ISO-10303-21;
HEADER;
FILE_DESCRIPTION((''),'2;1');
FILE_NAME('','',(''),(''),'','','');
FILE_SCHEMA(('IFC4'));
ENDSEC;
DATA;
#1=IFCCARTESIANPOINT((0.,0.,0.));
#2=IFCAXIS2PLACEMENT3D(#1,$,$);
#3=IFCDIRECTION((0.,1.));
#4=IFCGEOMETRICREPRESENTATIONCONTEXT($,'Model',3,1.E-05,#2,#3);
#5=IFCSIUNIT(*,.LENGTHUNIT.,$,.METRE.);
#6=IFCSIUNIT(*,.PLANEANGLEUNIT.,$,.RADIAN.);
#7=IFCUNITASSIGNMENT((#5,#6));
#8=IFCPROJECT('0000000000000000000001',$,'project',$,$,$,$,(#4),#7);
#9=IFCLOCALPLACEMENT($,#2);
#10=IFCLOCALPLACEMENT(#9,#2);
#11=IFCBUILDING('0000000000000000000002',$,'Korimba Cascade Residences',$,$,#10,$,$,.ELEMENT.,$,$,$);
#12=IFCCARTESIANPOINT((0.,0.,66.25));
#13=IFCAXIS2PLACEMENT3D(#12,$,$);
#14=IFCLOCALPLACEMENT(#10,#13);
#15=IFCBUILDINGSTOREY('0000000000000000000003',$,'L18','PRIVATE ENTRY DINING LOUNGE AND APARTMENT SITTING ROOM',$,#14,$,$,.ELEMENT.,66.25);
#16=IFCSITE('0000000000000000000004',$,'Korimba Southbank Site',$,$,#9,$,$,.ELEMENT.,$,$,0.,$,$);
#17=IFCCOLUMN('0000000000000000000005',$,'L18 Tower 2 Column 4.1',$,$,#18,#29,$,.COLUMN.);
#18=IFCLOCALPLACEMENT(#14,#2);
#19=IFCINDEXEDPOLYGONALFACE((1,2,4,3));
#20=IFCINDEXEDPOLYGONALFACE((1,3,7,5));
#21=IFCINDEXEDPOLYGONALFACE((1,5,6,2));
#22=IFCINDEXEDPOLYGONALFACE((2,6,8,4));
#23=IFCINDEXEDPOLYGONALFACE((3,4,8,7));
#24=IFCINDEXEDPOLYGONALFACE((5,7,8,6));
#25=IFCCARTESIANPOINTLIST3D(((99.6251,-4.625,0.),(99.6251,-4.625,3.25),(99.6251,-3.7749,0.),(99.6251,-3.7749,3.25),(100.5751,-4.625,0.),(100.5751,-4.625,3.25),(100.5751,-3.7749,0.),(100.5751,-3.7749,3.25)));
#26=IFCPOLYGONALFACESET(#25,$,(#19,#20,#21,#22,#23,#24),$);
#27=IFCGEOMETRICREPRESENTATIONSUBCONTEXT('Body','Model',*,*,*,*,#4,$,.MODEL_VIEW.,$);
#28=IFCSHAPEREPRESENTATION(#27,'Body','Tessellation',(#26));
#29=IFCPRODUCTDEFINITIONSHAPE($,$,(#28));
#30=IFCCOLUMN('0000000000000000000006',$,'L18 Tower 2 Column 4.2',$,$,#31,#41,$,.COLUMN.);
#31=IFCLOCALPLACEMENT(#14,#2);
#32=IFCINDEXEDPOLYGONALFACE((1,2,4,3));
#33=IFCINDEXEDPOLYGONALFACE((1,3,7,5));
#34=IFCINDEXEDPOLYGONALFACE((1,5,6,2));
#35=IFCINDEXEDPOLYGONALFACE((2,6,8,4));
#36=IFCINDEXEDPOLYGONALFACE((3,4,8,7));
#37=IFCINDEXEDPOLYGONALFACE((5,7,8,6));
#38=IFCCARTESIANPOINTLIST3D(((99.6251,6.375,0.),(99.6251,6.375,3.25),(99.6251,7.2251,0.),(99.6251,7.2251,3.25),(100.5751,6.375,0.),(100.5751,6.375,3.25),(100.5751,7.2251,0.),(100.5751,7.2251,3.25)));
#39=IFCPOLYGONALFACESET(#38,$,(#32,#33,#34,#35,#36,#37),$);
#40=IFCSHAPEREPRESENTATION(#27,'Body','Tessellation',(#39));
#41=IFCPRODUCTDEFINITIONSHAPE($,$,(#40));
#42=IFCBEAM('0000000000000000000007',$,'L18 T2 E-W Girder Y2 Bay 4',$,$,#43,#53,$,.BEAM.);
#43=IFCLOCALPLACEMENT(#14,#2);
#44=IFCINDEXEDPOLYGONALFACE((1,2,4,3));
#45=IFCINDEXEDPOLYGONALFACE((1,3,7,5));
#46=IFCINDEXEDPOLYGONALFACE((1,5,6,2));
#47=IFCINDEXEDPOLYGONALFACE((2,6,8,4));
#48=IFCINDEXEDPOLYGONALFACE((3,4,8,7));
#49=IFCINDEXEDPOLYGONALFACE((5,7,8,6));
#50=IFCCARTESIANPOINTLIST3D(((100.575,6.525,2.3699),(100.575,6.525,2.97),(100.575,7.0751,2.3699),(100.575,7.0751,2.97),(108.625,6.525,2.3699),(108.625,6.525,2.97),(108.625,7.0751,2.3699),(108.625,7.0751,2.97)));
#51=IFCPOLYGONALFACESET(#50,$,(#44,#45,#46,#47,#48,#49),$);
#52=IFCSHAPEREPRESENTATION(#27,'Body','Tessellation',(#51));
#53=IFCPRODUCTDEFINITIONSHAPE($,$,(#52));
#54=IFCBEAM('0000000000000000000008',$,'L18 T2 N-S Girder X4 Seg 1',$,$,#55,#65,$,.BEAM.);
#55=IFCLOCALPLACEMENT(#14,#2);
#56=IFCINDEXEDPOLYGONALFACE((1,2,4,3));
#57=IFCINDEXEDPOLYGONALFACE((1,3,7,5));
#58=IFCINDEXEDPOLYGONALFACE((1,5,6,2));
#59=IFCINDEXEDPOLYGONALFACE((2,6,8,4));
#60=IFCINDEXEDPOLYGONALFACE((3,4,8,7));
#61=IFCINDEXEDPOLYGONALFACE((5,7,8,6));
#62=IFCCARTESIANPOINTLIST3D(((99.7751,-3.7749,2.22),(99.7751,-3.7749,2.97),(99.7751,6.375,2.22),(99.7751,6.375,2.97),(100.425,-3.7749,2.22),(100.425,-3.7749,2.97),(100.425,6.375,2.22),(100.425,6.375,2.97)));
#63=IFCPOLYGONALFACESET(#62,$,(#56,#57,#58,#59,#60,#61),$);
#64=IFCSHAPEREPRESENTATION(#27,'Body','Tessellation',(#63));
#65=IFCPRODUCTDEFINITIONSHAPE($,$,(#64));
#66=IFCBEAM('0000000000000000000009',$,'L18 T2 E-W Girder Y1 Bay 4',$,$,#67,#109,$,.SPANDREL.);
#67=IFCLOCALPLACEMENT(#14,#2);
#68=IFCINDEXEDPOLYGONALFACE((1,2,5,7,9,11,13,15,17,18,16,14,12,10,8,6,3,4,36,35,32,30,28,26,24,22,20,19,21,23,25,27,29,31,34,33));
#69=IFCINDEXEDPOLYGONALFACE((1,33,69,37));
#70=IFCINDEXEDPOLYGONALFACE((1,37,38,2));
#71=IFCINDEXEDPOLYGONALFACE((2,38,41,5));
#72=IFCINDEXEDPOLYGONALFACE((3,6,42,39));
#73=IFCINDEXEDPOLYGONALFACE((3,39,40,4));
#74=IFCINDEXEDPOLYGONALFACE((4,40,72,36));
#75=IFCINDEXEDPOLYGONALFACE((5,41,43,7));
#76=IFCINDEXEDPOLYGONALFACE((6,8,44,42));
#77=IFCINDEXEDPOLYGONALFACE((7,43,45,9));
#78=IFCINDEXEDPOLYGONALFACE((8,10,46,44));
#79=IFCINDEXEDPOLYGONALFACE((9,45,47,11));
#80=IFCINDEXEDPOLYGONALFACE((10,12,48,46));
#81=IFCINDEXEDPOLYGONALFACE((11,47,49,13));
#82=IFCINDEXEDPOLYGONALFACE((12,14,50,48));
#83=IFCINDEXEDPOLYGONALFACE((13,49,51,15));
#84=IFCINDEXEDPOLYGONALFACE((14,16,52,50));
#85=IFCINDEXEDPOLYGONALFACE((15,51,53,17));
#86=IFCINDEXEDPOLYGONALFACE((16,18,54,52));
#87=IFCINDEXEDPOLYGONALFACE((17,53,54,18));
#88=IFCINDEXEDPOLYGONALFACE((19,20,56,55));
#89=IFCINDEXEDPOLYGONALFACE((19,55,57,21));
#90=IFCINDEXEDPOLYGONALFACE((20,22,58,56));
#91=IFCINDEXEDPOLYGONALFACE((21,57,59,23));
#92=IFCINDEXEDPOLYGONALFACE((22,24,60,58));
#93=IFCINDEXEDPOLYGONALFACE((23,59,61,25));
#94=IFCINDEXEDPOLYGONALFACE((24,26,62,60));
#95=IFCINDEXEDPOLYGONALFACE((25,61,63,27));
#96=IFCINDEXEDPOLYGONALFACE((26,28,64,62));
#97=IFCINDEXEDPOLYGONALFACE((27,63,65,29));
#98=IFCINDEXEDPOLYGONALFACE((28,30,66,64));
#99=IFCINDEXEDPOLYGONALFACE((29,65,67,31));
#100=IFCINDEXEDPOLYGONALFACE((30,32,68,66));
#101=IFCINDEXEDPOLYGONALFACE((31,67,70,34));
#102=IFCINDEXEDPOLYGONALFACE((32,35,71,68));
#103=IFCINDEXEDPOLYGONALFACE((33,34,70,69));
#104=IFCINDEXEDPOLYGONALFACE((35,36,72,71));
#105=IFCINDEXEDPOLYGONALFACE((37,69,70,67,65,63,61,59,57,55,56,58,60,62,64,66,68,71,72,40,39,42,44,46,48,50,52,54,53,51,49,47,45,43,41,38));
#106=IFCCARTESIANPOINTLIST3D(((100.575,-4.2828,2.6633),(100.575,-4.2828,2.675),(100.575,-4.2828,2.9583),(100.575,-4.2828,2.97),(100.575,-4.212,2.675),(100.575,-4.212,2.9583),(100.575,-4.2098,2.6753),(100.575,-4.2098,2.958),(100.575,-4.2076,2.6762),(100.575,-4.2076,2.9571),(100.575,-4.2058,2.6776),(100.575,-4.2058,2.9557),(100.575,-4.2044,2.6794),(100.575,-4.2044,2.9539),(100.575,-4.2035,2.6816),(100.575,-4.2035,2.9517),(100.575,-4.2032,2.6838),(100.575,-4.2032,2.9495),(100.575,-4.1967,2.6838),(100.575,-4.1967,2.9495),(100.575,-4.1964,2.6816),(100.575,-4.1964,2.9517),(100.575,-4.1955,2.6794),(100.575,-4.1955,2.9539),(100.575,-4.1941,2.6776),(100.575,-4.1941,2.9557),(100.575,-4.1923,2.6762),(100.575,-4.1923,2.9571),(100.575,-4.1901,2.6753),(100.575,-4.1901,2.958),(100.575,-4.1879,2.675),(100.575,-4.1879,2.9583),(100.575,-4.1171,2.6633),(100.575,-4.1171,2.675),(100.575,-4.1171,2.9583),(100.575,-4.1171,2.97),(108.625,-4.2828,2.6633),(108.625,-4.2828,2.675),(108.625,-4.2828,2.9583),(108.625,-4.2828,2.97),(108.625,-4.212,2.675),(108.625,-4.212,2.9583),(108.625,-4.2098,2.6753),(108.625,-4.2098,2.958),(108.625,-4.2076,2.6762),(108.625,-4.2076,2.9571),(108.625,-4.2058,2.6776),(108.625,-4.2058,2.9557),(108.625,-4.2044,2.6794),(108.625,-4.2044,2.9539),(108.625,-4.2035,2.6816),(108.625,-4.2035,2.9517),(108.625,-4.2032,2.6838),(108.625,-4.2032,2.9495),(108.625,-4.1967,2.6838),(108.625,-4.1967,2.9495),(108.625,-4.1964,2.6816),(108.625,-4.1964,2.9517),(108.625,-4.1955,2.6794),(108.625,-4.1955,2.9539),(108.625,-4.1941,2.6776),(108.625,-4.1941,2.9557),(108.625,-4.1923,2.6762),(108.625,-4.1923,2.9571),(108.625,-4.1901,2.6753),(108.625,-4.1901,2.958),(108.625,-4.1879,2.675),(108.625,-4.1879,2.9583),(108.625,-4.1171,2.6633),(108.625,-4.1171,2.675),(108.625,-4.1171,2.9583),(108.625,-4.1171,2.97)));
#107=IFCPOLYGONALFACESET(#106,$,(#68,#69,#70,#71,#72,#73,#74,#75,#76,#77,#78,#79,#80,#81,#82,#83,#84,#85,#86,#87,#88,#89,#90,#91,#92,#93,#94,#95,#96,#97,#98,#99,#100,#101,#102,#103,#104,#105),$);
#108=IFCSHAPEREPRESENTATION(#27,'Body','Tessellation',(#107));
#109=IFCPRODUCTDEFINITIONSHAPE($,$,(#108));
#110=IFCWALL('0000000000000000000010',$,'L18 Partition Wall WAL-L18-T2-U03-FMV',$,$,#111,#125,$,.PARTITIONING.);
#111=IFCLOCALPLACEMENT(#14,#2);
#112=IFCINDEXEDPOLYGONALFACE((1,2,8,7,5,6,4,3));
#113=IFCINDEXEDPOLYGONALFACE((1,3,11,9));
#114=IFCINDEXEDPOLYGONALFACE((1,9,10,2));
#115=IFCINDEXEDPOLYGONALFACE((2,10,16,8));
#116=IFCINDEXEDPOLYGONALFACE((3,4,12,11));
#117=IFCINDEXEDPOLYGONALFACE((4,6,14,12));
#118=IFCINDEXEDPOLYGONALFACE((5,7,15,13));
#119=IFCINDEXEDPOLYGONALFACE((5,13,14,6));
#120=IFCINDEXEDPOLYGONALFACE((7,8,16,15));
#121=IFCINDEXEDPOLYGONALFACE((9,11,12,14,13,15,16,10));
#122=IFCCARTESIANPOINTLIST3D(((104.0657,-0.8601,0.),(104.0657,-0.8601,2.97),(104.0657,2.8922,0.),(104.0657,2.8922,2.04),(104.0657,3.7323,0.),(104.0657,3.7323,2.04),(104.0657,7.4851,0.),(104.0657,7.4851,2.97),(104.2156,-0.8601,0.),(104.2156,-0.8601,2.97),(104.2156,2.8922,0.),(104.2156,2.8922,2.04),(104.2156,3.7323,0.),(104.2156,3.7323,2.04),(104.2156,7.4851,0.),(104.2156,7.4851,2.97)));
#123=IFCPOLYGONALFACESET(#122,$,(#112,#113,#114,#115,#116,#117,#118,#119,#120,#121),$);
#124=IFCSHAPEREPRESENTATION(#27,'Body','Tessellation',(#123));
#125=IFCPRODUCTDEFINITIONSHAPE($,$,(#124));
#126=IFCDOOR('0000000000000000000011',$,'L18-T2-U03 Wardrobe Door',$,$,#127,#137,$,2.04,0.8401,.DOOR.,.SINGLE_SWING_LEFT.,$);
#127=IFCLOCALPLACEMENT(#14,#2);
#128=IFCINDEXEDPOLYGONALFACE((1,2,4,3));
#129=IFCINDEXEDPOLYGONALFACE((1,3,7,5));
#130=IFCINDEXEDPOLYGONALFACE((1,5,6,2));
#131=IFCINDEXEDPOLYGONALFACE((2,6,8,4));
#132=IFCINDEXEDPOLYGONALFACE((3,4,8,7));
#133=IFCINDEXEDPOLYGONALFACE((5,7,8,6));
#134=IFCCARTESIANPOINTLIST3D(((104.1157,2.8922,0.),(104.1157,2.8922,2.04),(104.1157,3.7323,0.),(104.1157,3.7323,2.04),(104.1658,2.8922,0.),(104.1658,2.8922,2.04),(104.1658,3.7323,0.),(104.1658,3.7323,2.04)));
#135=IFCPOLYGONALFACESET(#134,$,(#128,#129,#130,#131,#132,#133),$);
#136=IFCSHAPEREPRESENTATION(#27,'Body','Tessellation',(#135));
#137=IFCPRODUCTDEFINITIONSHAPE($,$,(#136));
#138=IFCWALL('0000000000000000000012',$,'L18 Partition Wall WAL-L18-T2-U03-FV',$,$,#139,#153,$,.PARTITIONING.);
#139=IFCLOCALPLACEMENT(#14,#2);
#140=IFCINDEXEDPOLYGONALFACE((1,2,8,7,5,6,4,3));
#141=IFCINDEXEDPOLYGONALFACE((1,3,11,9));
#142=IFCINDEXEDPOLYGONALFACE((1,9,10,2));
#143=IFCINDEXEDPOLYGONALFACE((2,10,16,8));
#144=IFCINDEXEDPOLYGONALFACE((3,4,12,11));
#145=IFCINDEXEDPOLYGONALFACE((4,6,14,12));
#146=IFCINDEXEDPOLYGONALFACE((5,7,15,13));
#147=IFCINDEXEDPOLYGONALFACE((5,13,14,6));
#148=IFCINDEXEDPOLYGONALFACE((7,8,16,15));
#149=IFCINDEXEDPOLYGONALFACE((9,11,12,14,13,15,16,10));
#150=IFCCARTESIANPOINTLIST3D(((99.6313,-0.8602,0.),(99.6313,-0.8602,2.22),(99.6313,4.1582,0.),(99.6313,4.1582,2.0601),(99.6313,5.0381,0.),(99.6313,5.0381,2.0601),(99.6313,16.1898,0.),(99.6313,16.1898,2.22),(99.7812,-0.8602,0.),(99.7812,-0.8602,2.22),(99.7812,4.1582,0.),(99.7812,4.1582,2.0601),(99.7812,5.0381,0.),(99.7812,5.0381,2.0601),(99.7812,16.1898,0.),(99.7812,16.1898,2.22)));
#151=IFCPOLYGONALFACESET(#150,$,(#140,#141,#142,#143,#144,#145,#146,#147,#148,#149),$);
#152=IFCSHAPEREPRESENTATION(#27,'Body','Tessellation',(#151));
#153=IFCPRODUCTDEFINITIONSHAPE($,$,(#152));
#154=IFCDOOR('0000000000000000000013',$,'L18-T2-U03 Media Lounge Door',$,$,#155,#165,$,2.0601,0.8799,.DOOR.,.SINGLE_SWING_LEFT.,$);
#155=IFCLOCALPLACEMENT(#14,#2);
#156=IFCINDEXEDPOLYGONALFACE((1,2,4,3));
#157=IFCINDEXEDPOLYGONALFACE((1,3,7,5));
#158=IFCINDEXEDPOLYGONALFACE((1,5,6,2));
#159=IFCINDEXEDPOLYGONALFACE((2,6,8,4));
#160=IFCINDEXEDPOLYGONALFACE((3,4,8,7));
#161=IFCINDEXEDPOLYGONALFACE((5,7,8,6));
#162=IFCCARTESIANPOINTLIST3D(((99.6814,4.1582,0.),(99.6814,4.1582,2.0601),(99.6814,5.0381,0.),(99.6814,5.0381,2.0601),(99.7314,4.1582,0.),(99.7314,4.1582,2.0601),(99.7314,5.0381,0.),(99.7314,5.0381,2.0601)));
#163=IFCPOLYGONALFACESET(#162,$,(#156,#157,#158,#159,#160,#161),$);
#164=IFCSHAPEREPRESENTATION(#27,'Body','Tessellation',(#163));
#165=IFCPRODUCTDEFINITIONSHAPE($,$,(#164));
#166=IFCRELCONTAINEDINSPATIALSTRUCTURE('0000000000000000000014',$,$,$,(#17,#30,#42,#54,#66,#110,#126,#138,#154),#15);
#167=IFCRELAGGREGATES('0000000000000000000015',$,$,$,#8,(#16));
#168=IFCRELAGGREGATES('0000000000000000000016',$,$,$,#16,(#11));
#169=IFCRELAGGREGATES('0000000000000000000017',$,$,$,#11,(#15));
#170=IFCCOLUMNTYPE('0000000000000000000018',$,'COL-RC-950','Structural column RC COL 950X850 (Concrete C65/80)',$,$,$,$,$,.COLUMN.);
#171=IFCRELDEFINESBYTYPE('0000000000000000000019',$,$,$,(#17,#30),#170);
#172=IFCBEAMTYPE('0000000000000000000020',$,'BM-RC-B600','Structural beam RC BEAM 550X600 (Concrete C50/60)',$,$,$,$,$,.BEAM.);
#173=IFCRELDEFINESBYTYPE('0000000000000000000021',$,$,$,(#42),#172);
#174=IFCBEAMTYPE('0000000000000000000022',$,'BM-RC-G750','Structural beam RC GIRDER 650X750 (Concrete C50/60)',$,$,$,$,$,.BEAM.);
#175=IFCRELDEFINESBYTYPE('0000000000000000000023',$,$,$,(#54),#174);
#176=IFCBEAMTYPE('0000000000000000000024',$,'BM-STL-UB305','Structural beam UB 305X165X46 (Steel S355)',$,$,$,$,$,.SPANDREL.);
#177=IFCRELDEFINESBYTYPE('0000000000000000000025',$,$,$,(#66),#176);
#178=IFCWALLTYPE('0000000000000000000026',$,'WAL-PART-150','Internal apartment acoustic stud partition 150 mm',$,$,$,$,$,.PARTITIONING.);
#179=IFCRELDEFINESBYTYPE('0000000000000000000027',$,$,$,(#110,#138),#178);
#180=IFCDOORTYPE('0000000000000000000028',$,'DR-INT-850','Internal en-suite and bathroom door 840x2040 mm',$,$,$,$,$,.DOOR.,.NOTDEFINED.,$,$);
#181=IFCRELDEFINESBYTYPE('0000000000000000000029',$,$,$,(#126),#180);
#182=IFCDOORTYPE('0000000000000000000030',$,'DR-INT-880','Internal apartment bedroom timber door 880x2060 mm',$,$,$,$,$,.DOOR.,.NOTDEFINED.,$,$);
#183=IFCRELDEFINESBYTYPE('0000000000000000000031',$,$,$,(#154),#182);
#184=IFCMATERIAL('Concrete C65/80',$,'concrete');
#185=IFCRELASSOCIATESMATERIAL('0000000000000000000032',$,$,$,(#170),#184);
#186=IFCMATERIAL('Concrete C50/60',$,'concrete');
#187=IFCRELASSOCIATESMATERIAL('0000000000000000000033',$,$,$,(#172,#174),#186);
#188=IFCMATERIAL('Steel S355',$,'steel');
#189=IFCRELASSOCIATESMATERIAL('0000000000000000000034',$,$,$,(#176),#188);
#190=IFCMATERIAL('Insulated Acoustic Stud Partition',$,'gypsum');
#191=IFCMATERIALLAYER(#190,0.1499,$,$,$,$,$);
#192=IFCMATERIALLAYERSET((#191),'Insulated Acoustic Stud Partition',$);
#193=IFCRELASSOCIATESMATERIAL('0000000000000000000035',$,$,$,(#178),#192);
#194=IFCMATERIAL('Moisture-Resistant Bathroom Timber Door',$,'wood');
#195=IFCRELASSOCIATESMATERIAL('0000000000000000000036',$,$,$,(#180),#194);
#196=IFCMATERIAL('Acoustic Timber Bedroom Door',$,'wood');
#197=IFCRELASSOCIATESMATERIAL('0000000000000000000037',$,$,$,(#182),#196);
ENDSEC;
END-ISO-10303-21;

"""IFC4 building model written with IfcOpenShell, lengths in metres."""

from ifc_helpers import new_model, si_unit, direction, frame, frame_2d, origin, origin_2d, place, context, subcontext, project, spatial, rectangle, i_section, extrude, material, layer, layer_set, material_profile, profile_set, type_object, element, fill, save


model = new_model("IFC4")

# Units and contexts
model_context = context("Model", 3, precision=1e-05, world=origin(), true_north=direction((0.0, 1.0)))
body_context = subcontext(model_context, "Body", "Model", "MODEL_VIEW")
ifc_project = project(units=[si_unit("LENGTHUNIT", "METRE"), si_unit("PLANEANGLEUNIT", "RADIAN")], contexts=[model_context])

# Site, building, storey
site_placement = place(None, origin())
site = spatial("IfcSite", under=ifc_project, at=site_placement, Name="Korimba Southbank Site", CompositionType="ELEMENT", RefElevation=0.0)
building_placement = place(site_placement, origin())
building = spatial("IfcBuilding", under=site, at=building_placement, Name="Korimba Cascade Residences", CompositionType="ELEMENT")
storey_placement = place(building_placement, frame((0.0, 0.0, 66.25)))
storey = spatial("IfcBuildingStorey", under=building, at=storey_placement, Name="L18", Description="PRIVATE ENTRY DINING LOUNGE AND APARTMENT SITTING ROOM", CompositionType="ELEMENT", Elevation=66.25)

# Columns
ifc_material_1 = material(Name="Concrete C65/80", Category="concrete")
ifc_material_profile_1 = material_profile(ifc_material_1, rectangle(XDim=0.95, YDim=0.8501, at=origin_2d()), Name="Concrete C65/80")
ifc_profile_set_1 = profile_set([ifc_material_profile_1], Name="Concrete C65/80")
column_type = type_object("IfcColumnType", Name="COL-RC-950", Description="Structural column RC COL 950X850 (Concrete C65/80)", PredefinedType="COLUMN", material=ifc_profile_set_1)
for number, where, z_axis, x_axis, name in (
    (1, (100.1001, -4.2, 0.0), (0.0, 0.0, 1.0), (1.0, 0.0, 0.0), "L18 Tower 2 Column 4.1"),
    (2, (100.1001, 6.8, 0.0), (0.0, 0.0, 1.0), (1.0, 0.0, 0.0), "L18 Tower 2 Column 4.2"),
):
    element("IfcColumn", number, at=place(storey_placement, frame(where, z_axis=z_axis, x_axis=x_axis)), inside=storey, type_object=column_type, Name=name, PredefinedType="COLUMN", context=body_context, shape_type="SweptSolid", body=[
        extrude(rectangle(XDim=0.95, YDim=0.8501, at=origin_2d()), origin(), (0.0, 0.0, 1.0), 3.25),
    ])

# Beams
ifc_material_2 = material(Name="Concrete C50/60", Category="concrete")
ifc_material_profile_2 = material_profile(ifc_material_2, rectangle(XDim=0.55, YDim=0.6001, at=origin_2d()), Name="Concrete C50/60")
ifc_profile_set_2 = profile_set([ifc_material_profile_2], Name="Concrete C50/60")
beam_type_1 = type_object("IfcBeamType", Name="BM-RC-B600", Description="Structural beam RC BEAM 550X600 (Concrete C50/60)", PredefinedType="BEAM", material=ifc_profile_set_2)
beam_1_placement = place(storey_placement, frame((100.575, 6.8, 2.6699), z_axis=(1.0, 0.0, 0.0), x_axis=(0.0, 1.0, 0.0)))
element("IfcBeam", 3, at=beam_1_placement, inside=storey, type_object=beam_type_1, Name="L18 T2 E-W Girder Y2 Bay 4", PredefinedType="BEAM", context=body_context, shape_type="SweptSolid", body=[
    extrude(rectangle(XDim=0.55, YDim=0.6001, at=origin_2d()), origin(), (0.0, 0.0, 1.0), 8.05),
])
ifc_material_profile_3 = material_profile(ifc_material_2, rectangle(XDim=0.6499, YDim=0.75, at=origin_2d()), Name="Concrete C50/60")
ifc_profile_set_3 = profile_set([ifc_material_profile_3], Name="Concrete C50/60")
beam_type_2 = type_object("IfcBeamType", Name="BM-RC-G750", Description="Structural beam RC GIRDER 650X750 (Concrete C50/60)", PredefinedType="BEAM", material=ifc_profile_set_3)
beam_2_placement = place(storey_placement, frame((100.1001, -3.7749, 2.595), z_axis=(0.0, 1.0, 0.0), x_axis=(-1.0, 0.0, 0.0)))
element("IfcBeam", 4, at=beam_2_placement, inside=storey, type_object=beam_type_2, Name="L18 T2 N-S Girder X4 Seg 1", PredefinedType="BEAM", context=body_context, shape_type="SweptSolid", body=[
    extrude(rectangle(XDim=0.6499, YDim=0.75, at=origin_2d()), origin(), (0.0, 0.0, 1.0), 10.1499),
])
ifc_material_3 = material(Name="Steel S355", Category="steel")
ifc_material_profile_4 = material_profile(ifc_material_3, i_section(OverallWidth=0.1658, OverallDepth=0.3066, WebThickness=0.0066, FlangeThickness=0.0117, FilletRadius=0.0088, at=origin_2d()), Name="Steel S355")
ifc_profile_set_4 = profile_set([ifc_material_profile_4], Name="Steel S355")
beam_type_3 = type_object("IfcBeamType", Name="BM-STL-UB305", Description="Structural beam UB 305X165X46 (Steel S355)", PredefinedType="SPANDREL", material=ifc_profile_set_4)
beam_3_placement = place(storey_placement, frame((100.575, -4.2, 2.8167), z_axis=(1.0, 0.0, 0.0), x_axis=(0.0, 1.0, 0.0)))
element("IfcBeam", 5, at=beam_3_placement, inside=storey, type_object=beam_type_3, Name="L18 T2 E-W Girder Y1 Bay 4", PredefinedType="SPANDREL", context=body_context, shape_type="SweptSolid", body=[
    extrude(i_section(OverallWidth=0.1658, OverallDepth=0.3066, WebThickness=0.0066, FlangeThickness=0.0117, FilletRadius=0.0088, at=origin_2d()), origin(), (0.0, 0.0, 1.0), 8.05),
])

# Walls, openings, doors
ifc_material_4 = material(Name="Insulated Acoustic Stud Partition", Category="gypsum")
ifc_layer = layer(ifc_material_4, 0.1499)
ifc_layer_set = layer_set([ifc_layer], Name="Insulated Acoustic Stud Partition")
wall_type = type_object("IfcWallType", Name="WAL-PART-150", Description="Internal apartment acoustic stud partition 150 mm", PredefinedType="PARTITIONING", material=ifc_layer_set)
wall_1_placement = place(storey_placement, frame((104.1406, -0.8601, 0.0), z_axis=(0.0, 0.0, 1.0), x_axis=(0.0, 1.0, 0.0)))
wall_1 = element("IfcWall", 6, at=wall_1_placement, inside=storey, type_object=wall_type, Name="L18 Partition Wall WAL-L18-T2-U03-FMV", PredefinedType="PARTITIONING", context=body_context, shape_type="SweptSolid", body=[
    extrude(rectangle(XDim=8.3452, YDim=0.1499, at=frame_2d((4.1726, 0.0))), origin(), (0.0, 0.0, 1.0), 2.97),
])
opening_1_placement = place(wall_1_placement, frame((3.7524, 0.0, 0.0)))
opening_1 = element("IfcOpeningElement", 7, at=opening_1_placement, cuts=wall_1, PredefinedType="OPENING", context=body_context, shape_type="SweptSolid", body=[
    extrude(rectangle(XDim=0.8401, YDim=2.04, at=frame_2d((0.4199, 1.02))), frame((0.0, 0.085, 0.0), z_axis=(0.0, -1.0, 0.0), x_axis=(1.0, 0.0, 0.0)), (0.0, 0.0, 1.0), 0.1699),
])
ifc_material_5 = material(Name="Moisture-Resistant Bathroom Timber Door", Category="wood")
door_type_1 = type_object("IfcDoorType", Name="DR-INT-850", Description="Internal en-suite and bathroom door 840x2040 mm", OperationType="NOTDEFINED", PredefinedType="DOOR", material=ifc_material_5)
door_1_placement = place(opening_1_placement, origin())
door_1 = element("IfcDoor", 8, at=door_1_placement, inside=storey, type_object=door_type_1, Name="L18-T2-U03 Wardrobe Door", OperationType="SINGLE_SWING_LEFT", OverallHeight=2.04, OverallWidth=0.8401, PredefinedType="DOOR", context=body_context, shape_type="SweptSolid", body=[
    extrude(rectangle(XDim=0.8401, YDim=2.04, at=frame_2d((0.4199, 1.02))), frame((0.0, 0.0249, 0.0), z_axis=(0.0, -1.0, 0.0), x_axis=(1.0, 0.0, 0.0)), (0.0, 0.0, 1.0), 0.05),
])
fill(opening_1, door_1)
wall_2_placement = place(storey_placement, frame((99.7063, -0.8601, 0.0), z_axis=(0.0, 0.0, 1.0), x_axis=(0.0, 1.0, 0.0)))
wall_2 = element("IfcWall", 9, at=wall_2_placement, inside=storey, type_object=wall_type, Name="L18 Partition Wall WAL-L18-T2-U03-FV", PredefinedType="PARTITIONING", context=body_context, shape_type="SweptSolid", body=[
    extrude(rectangle(XDim=17.05, YDim=0.1499, at=frame_2d((8.5249, 0.0))), origin(), (0.0, 0.0, 1.0), 2.22),
])
opening_2_placement = place(wall_2_placement, frame((5.0183, 0.0, 0.0)))
opening_2 = element("IfcOpeningElement", 10, at=opening_2_placement, cuts=wall_2, PredefinedType="OPENING", context=body_context, shape_type="SweptSolid", body=[
    extrude(rectangle(XDim=0.8799, YDim=2.0601, at=frame_2d((0.4399, 1.03))), frame((0.0, 0.085, 0.0), z_axis=(0.0, -1.0, 0.0), x_axis=(1.0, 0.0, 0.0)), (0.0, 0.0, 1.0), 0.1699),
])
ifc_material_6 = material(Name="Acoustic Timber Bedroom Door", Category="wood")
door_type_2 = type_object("IfcDoorType", Name="DR-INT-880", Description="Internal apartment bedroom timber door 880x2060 mm", OperationType="NOTDEFINED", PredefinedType="DOOR", material=ifc_material_6)
door_2_placement = place(opening_2_placement, origin())
door_2 = element("IfcDoor", 11, at=door_2_placement, inside=storey, type_object=door_type_2, Name="L18-T2-U03 Media Lounge Door", OperationType="SINGLE_SWING_LEFT", OverallHeight=2.0601, OverallWidth=0.8799, PredefinedType="DOOR", context=body_context, shape_type="SweptSolid", body=[
    extrude(rectangle(XDim=0.8799, YDim=2.0601, at=frame_2d((0.4399, 1.03))), frame((0.0, 0.0249, 0.0), z_axis=(0.0, -1.0, 0.0), x_axis=(1.0, 0.0, 0.0)), (0.0, 0.0, 1.0), 0.05),
])
fill(opening_2, door_2)

save(model, "model.ifc")
